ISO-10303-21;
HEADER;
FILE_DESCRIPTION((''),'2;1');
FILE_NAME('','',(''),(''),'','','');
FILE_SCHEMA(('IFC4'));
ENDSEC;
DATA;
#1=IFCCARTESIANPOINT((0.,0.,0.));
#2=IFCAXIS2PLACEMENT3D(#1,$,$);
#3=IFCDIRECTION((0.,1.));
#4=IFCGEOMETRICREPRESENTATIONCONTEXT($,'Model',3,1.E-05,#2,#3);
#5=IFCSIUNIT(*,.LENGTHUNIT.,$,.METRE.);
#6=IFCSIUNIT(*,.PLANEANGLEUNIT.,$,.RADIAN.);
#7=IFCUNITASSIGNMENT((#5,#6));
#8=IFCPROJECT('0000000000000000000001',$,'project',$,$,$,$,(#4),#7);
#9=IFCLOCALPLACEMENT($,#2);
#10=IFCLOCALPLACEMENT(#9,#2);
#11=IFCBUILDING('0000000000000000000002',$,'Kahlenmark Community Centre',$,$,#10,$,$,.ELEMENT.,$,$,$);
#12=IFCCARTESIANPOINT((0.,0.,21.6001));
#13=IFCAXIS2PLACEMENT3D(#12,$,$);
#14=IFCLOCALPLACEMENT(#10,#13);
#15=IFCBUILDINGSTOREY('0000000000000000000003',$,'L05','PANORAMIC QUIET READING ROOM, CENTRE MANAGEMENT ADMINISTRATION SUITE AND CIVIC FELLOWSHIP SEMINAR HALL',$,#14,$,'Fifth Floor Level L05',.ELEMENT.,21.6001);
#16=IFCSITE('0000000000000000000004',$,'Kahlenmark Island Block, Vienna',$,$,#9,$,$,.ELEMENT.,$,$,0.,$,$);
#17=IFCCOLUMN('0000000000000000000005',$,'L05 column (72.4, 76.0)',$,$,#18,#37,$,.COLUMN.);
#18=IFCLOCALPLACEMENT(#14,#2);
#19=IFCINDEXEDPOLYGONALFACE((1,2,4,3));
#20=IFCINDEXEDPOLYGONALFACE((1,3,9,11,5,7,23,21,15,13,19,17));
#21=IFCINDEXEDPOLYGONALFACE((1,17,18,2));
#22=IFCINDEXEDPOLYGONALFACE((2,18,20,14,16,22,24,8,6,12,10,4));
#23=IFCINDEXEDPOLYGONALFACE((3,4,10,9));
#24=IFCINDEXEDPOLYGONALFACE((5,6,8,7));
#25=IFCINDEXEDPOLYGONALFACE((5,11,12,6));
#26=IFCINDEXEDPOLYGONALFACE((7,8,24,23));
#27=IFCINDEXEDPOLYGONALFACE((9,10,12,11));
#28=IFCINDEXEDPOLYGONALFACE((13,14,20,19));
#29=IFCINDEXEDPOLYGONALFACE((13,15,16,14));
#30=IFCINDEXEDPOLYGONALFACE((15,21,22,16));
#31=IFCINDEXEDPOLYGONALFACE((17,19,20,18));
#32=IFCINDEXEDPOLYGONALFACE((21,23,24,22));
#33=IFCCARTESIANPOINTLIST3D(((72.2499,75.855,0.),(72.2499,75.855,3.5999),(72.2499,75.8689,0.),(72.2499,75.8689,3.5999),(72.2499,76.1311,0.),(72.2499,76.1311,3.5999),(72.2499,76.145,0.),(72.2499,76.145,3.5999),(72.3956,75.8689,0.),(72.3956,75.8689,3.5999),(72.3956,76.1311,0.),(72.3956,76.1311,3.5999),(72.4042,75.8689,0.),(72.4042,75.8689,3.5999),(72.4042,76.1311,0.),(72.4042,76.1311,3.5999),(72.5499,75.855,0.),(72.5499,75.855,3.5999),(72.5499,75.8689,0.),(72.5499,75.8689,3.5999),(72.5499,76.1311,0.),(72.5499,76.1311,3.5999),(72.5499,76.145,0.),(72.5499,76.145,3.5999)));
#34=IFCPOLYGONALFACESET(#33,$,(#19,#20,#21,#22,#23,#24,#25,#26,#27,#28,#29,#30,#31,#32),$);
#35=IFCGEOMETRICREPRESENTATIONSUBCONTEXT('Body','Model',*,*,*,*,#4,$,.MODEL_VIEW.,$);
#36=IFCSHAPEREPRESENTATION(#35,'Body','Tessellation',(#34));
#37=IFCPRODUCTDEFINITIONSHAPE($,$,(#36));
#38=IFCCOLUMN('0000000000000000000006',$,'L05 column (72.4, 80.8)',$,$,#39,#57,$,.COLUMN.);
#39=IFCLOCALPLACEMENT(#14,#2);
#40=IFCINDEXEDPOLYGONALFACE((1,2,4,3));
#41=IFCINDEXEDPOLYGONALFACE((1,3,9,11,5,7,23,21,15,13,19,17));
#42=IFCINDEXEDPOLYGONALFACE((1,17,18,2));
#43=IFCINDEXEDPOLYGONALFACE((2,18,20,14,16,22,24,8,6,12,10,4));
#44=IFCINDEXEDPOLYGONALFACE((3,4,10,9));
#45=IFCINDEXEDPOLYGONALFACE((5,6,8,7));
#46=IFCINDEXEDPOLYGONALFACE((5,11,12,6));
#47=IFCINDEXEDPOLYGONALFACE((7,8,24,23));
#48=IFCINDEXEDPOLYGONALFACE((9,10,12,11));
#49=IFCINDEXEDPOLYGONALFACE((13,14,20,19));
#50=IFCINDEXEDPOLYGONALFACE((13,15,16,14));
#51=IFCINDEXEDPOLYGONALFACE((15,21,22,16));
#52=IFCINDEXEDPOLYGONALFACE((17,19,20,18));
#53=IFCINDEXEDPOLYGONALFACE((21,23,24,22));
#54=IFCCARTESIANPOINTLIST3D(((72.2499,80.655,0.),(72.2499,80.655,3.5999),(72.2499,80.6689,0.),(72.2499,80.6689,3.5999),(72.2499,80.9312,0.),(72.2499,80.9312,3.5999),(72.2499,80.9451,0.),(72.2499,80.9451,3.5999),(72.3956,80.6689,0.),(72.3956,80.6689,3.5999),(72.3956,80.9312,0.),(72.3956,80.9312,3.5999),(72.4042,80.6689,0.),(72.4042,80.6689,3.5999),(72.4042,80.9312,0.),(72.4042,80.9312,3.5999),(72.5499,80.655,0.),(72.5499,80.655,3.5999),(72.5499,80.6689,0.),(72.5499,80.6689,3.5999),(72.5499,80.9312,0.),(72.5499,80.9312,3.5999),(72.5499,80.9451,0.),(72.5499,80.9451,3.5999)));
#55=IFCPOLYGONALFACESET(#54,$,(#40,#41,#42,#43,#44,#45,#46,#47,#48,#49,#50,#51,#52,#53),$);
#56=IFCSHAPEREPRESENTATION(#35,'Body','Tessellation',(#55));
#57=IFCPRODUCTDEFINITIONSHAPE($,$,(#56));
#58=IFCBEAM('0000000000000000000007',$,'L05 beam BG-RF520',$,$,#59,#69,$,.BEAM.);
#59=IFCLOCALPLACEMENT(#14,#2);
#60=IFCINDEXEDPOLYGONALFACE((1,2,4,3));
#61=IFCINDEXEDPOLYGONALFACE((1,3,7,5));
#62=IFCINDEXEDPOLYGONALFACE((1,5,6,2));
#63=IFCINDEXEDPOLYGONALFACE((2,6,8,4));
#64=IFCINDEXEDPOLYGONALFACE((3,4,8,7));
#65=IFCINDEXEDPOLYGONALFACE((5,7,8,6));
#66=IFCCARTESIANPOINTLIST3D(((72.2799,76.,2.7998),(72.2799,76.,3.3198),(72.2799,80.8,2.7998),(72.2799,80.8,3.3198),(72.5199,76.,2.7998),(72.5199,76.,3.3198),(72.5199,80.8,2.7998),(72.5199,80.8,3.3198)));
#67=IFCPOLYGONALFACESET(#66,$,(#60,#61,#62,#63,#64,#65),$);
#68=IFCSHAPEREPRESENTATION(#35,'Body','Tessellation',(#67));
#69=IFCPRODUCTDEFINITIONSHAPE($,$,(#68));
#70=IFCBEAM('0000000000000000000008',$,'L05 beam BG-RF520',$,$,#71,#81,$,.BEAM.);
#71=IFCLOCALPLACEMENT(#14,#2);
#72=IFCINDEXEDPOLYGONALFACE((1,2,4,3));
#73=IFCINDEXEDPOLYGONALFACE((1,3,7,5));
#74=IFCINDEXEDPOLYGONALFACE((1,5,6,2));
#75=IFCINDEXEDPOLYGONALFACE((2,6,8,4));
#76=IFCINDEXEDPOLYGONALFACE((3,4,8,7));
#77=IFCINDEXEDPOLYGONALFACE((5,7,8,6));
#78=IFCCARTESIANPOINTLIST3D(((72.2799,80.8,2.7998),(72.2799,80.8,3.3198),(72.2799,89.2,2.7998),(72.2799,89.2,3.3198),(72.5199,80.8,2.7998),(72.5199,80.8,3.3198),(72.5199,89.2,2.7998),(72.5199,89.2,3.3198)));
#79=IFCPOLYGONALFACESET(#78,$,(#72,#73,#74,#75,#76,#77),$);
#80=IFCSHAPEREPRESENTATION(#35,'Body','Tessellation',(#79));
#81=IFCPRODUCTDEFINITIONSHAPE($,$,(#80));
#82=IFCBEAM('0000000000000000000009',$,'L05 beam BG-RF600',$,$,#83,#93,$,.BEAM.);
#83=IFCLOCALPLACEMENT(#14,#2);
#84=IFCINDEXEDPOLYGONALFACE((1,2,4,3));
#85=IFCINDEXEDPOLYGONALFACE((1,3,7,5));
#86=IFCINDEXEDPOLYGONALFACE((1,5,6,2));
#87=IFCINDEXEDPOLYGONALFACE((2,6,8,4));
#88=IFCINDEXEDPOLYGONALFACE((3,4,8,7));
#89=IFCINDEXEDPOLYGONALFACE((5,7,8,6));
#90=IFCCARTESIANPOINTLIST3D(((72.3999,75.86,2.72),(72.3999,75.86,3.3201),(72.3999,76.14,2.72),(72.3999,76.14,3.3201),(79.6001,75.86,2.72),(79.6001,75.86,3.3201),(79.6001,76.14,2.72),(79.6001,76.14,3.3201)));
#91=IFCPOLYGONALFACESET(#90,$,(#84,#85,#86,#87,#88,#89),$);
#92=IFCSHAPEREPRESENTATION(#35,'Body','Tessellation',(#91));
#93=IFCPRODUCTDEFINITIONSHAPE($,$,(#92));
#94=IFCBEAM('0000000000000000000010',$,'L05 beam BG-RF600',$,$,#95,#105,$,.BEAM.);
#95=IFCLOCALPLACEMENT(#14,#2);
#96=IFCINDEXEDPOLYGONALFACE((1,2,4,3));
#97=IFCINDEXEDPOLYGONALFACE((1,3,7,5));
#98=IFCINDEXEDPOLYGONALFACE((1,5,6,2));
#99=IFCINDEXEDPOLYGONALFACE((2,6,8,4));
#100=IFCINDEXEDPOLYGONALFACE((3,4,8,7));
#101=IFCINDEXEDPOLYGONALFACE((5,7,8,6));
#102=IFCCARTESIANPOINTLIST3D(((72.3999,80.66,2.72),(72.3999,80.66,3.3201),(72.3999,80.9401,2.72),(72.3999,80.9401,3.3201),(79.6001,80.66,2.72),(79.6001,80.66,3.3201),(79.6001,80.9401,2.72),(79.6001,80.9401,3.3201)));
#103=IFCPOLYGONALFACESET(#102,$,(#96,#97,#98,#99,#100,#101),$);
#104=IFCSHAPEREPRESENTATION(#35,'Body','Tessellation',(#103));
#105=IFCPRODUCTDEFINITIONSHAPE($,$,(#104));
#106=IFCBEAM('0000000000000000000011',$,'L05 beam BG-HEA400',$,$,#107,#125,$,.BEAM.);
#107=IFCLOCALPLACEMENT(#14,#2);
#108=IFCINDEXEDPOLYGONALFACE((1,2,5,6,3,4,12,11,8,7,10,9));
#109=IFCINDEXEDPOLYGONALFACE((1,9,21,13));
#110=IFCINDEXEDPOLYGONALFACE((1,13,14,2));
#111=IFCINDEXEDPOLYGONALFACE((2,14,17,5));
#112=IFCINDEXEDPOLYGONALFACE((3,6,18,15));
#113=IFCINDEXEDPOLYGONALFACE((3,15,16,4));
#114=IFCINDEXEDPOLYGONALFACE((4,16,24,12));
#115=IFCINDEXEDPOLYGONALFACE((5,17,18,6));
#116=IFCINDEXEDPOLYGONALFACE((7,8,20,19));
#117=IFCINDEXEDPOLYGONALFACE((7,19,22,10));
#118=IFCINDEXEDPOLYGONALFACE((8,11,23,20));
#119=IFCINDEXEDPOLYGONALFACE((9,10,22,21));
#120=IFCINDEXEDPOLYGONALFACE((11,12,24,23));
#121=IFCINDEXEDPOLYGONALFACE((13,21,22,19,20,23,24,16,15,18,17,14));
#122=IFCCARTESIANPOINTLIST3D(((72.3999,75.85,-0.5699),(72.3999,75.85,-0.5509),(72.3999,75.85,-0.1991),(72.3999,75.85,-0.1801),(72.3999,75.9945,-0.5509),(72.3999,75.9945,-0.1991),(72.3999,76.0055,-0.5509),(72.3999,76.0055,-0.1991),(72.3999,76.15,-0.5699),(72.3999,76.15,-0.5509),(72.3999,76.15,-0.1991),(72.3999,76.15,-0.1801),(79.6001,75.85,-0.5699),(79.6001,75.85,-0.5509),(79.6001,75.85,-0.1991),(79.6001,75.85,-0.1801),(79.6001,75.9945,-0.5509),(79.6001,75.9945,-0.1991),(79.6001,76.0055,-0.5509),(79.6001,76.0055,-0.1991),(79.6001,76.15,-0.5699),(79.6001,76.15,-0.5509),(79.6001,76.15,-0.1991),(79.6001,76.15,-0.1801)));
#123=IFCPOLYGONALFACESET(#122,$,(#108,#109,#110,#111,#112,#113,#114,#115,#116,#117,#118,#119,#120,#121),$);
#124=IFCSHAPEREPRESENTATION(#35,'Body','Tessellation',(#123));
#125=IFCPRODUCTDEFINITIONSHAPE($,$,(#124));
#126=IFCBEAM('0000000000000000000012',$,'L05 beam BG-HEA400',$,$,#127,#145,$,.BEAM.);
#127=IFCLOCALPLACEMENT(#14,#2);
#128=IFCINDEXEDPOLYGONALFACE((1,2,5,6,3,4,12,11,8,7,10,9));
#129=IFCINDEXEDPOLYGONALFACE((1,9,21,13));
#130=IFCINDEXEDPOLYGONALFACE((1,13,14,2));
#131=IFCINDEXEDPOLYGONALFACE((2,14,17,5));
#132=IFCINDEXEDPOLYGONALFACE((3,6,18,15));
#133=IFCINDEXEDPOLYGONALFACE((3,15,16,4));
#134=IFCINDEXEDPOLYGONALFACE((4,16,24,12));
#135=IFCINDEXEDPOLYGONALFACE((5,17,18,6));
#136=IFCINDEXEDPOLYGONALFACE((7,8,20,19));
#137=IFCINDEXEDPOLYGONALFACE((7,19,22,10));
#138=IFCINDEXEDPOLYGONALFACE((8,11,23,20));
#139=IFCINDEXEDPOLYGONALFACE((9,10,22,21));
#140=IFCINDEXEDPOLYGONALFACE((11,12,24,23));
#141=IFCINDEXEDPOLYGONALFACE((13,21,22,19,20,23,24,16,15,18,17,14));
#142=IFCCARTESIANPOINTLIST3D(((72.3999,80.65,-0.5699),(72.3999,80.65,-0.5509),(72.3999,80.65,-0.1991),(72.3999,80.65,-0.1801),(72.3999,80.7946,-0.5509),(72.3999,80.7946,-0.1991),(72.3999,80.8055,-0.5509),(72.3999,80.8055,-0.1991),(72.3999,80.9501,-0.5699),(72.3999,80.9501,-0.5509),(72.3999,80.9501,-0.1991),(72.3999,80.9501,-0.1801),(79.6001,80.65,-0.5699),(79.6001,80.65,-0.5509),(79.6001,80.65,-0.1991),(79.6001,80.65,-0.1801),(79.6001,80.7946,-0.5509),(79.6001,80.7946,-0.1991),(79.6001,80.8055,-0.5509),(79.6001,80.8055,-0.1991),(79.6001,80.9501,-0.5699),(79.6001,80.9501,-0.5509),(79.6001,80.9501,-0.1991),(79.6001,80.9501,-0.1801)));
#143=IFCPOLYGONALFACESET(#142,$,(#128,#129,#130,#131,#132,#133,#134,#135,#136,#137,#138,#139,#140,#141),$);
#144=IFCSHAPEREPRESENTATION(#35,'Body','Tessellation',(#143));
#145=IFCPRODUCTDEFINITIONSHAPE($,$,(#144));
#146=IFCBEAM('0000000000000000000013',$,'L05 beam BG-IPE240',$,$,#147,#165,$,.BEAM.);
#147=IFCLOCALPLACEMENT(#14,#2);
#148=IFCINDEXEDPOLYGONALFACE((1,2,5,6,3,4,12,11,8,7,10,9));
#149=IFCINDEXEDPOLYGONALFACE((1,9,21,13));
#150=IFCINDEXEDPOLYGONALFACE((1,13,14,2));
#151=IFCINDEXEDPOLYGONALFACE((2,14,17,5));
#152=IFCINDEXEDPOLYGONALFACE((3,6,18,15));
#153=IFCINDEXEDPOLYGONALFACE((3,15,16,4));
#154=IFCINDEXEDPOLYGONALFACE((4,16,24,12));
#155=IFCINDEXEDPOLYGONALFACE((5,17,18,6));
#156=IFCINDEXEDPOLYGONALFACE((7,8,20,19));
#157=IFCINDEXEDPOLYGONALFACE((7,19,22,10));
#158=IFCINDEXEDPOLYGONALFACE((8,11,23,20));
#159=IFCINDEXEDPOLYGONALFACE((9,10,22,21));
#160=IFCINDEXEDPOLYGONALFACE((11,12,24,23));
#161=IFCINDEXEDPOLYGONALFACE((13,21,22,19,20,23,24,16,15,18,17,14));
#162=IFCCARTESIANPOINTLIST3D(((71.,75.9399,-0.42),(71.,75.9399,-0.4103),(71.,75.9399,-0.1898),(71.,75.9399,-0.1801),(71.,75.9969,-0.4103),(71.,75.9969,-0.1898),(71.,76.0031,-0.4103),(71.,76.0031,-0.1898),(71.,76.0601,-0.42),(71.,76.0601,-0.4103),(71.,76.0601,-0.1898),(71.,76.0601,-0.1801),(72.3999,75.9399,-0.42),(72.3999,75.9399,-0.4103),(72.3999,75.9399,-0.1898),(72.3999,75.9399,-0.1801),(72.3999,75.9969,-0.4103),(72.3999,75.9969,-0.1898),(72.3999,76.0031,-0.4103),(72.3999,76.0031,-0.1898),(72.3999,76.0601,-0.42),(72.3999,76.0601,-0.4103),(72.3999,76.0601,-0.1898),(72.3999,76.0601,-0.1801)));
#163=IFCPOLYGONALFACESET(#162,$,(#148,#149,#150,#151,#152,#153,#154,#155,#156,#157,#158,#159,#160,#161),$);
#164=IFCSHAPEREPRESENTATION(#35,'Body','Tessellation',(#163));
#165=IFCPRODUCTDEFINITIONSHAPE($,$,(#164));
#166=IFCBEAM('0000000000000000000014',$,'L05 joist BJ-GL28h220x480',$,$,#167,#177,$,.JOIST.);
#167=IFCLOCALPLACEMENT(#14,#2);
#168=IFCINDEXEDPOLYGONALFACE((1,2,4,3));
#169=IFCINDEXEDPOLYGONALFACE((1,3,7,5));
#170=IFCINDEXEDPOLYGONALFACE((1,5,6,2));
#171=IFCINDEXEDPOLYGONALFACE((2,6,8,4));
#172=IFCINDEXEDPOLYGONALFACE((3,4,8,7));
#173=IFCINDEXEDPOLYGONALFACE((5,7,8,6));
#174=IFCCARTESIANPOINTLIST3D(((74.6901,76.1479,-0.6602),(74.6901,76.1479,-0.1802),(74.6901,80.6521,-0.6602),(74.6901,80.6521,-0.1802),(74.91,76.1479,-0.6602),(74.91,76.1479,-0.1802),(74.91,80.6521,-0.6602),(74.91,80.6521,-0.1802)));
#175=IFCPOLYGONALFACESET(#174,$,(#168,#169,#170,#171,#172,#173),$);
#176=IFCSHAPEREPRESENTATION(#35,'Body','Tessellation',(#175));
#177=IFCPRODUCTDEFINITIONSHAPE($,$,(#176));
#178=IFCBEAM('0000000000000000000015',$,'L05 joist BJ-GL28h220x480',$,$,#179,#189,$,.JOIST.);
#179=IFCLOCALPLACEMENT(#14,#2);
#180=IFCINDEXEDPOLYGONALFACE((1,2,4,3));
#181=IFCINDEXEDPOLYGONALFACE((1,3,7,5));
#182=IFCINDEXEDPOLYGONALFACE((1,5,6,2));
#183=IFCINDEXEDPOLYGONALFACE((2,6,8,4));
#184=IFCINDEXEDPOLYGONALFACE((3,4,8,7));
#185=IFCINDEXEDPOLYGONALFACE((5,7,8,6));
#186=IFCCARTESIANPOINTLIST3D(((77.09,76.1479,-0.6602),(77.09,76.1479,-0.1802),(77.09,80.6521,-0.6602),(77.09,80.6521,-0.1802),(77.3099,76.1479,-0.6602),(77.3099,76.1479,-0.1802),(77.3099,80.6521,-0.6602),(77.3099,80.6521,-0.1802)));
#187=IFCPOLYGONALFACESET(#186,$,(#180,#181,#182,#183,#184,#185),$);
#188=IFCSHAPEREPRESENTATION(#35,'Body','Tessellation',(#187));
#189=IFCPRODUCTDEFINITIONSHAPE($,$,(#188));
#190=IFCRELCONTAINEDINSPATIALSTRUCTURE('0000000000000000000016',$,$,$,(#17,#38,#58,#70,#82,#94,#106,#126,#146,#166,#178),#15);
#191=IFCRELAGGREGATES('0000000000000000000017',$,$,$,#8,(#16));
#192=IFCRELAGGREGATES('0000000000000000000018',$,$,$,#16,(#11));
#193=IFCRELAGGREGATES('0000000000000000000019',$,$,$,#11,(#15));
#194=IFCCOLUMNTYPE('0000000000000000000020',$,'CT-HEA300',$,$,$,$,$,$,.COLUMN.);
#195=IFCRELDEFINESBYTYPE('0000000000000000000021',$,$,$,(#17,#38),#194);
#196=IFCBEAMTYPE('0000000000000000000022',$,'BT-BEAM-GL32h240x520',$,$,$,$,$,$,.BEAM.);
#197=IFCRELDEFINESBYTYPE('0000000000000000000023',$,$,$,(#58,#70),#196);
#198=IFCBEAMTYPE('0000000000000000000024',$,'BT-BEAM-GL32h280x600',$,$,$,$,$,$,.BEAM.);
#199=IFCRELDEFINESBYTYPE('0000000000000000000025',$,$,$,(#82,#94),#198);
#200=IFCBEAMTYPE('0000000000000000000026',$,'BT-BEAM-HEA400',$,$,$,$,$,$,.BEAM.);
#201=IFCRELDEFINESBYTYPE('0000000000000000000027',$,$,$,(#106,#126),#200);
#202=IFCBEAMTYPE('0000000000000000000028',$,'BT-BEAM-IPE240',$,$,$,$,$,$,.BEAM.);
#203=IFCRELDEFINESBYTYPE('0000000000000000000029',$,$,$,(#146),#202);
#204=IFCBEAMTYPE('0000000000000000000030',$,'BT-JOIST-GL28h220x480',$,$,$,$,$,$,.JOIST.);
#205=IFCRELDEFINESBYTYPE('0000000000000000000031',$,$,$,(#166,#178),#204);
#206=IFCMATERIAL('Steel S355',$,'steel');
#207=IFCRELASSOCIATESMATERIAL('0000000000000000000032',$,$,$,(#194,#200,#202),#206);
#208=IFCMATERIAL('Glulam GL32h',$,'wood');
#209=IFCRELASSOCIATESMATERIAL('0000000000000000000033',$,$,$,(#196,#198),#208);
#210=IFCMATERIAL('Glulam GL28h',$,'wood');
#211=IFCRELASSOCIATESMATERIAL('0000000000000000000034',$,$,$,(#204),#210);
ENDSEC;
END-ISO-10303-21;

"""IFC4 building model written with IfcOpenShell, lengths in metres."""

from ifc_helpers import new_model, si_unit, direction, frame, origin, origin_2d, place, context, subcontext, project, spatial, rectangle, i_section, extrude, material, material_profile, profile_set, type_object, element, save


model = new_model("IFC4")

# Units and contexts
model_context = context("Model", 3, precision=1e-05, world=origin(), true_north=direction((0.0, 1.0)))
body_context = subcontext(model_context, "Body", "Model", "MODEL_VIEW")
ifc_project = project(units=[si_unit("LENGTHUNIT", "METRE"), si_unit("PLANEANGLEUNIT", "RADIAN")], contexts=[model_context])

# Site, building, storey
site_placement = place(None, origin())
site = spatial("IfcSite", under=ifc_project, at=site_placement, Name="Kahlenmark Island Block, Vienna", CompositionType="ELEMENT", RefElevation=0.0)
building_placement = place(site_placement, origin())
building = spatial("IfcBuilding", under=site, at=building_placement, Name="Kahlenmark Community Centre", CompositionType="ELEMENT")
storey_placement = place(building_placement, frame((0.0, 0.0, 21.6001)))
storey = spatial("IfcBuildingStorey", under=building, at=storey_placement, Name="L05", Description="PANORAMIC QUIET READING ROOM, CENTRE MANAGEMENT ADMINISTRATION SUITE AND CIVIC FELLOWSHIP SEMINAR HALL", LongName="Fifth Floor Level L05", CompositionType="ELEMENT", Elevation=21.6001)

# Columns
ifc_material_1 = material(Name="Steel S355", Category="steel")
ifc_material_profile_1 = material_profile(ifc_material_1, i_section(OverallWidth=0.3, OverallDepth=0.29, WebThickness=0.0085, FlangeThickness=0.0139, at=origin_2d()), Name="HEA 300")
ifc_profile_set_1 = profile_set([ifc_material_profile_1], Name="Steel S355")
column_type = type_object("IfcColumnType", Name="CT-HEA300", PredefinedType="COLUMN", material=ifc_profile_set_1)
for number, where, z_axis, x_axis, name in (
    (1, (72.3999, 76.0, 0.0), (0.0, 0.0, 1.0), (1.0, 0.0, 0.0), "L05 column (72.4, 76.0)"),
    (2, (72.3999, 80.8, 0.0), (0.0, 0.0, 1.0), (1.0, 0.0, 0.0), "L05 column (72.4, 80.8)"),
):
    element("IfcColumn", number, at=place(storey_placement, frame(where, z_axis=z_axis, x_axis=x_axis)), inside=storey, type_object=column_type, Name=name, PredefinedType="COLUMN", context=body_context, shape_type="SweptSolid", body=[
        extrude(i_section(OverallWidth=0.3, OverallDepth=0.29, WebThickness=0.0085, FlangeThickness=0.0139, at=origin_2d()), origin(), (0.0, 0.0, 1.0), 3.5999),
    ])

# Beams
ifc_material_2 = material(Name="Glulam GL32h", Category="wood")
ifc_material_profile_2 = material_profile(ifc_material_2, rectangle(XDim=0.24, YDim=0.52, at=origin_2d()), Name="GL32h 240x520")
ifc_profile_set_2 = profile_set([ifc_material_profile_2], Name="Glulam GL32h")
beam_type_1 = type_object("IfcBeamType", Name="BT-BEAM-GL32h240x520", PredefinedType="BEAM", material=ifc_profile_set_2)
beam_1_placement = place(storey_placement, frame((72.3999, 76.0, 3.0598), z_axis=(0.0, 1.0, 0.0), x_axis=(-1.0, 0.0, 0.0)))
element("IfcBeam", 3, at=beam_1_placement, inside=storey, type_object=beam_type_1, Name="L05 beam BG-RF520", PredefinedType="BEAM", context=body_context, shape_type="SweptSolid", body=[
    extrude(rectangle(XDim=0.24, YDim=0.52, at=origin_2d()), origin(), (0.0, 0.0, 1.0), 4.8),
])
beam_2_placement = place(storey_placement, frame((72.3999, 80.8, 3.0598), z_axis=(0.0, 1.0, 0.0), x_axis=(-1.0, 0.0, 0.0)))
element("IfcBeam", 4, at=beam_2_placement, inside=storey, type_object=beam_type_1, Name="L05 beam BG-RF520", PredefinedType="BEAM", context=body_context, shape_type="SweptSolid", body=[
    extrude(rectangle(XDim=0.24, YDim=0.52, at=origin_2d()), origin(), (0.0, 0.0, 1.0), 8.3999),
])
ifc_material_profile_3 = material_profile(ifc_material_2, rectangle(XDim=0.28, YDim=0.6001, at=origin_2d()), Name="GL32h 280x600")
ifc_profile_set_3 = profile_set([ifc_material_profile_3], Name="Glulam GL32h")
beam_type_2 = type_object("IfcBeamType", Name="BT-BEAM-GL32h280x600", PredefinedType="BEAM", material=ifc_profile_set_3)
for number, where, z_axis, x_axis, name in (
    (5, (72.3999, 76.0, 3.02), (1.0, 0.0, 0.0), (0.0, 1.0, 0.0), "L05 beam BG-RF600"),
    (6, (72.3999, 80.8, 3.02), (1.0, 0.0, 0.0), (0.0, 1.0, 0.0), "L05 beam BG-RF600"),
):
    element("IfcBeam", number, at=place(storey_placement, frame(where, z_axis=z_axis, x_axis=x_axis)), inside=storey, type_object=beam_type_2, Name=name, PredefinedType="BEAM", context=body_context, shape_type="SweptSolid", body=[
        extrude(rectangle(XDim=0.28, YDim=0.6001, at=origin_2d()), origin(), (0.0, 0.0, 1.0), 7.2002),
    ])
ifc_material_profile_4 = material_profile(ifc_material_1, i_section(OverallWidth=0.3, OverallDepth=0.3899, WebThickness=0.011, FlangeThickness=0.019, at=origin_2d()), Name="HEA 400")
ifc_profile_set_4 = profile_set([ifc_material_profile_4], Name="Steel S355")
beam_type_3 = type_object("IfcBeamType", Name="BT-BEAM-HEA400", PredefinedType="BEAM", material=ifc_profile_set_4)
for number, where, z_axis, x_axis, name in (
    (7, (72.3999, 76.0, -0.375), (1.0, 0.0, 0.0), (0.0, 1.0, 0.0), "L05 beam BG-HEA400"),
    (8, (72.3999, 80.8, -0.375), (1.0, 0.0, 0.0), (0.0, 1.0, 0.0), "L05 beam BG-HEA400"),
):
    element("IfcBeam", number, at=place(storey_placement, frame(where, z_axis=z_axis, x_axis=x_axis)), inside=storey, type_object=beam_type_3, Name=name, PredefinedType="BEAM", context=body_context, shape_type="SweptSolid", body=[
        extrude(i_section(OverallWidth=0.3, OverallDepth=0.3899, WebThickness=0.011, FlangeThickness=0.019, at=origin_2d()), origin(), (0.0, 0.0, 1.0), 7.2002),
    ])
ifc_material_profile_5 = material_profile(ifc_material_1, i_section(OverallWidth=0.1201, OverallDepth=0.24, WebThickness=0.0061, FlangeThickness=0.0098, at=origin_2d()), Name="IPE 240")
ifc_profile_set_5 = profile_set([ifc_material_profile_5], Name="Steel S355")
beam_type_4 = type_object("IfcBeamType", Name="BT-BEAM-IPE240", PredefinedType="BEAM", material=ifc_profile_set_5)
beam_3_placement = place(storey_placement, frame((71.0, 76.0, -0.3), z_axis=(1.0, 0.0, 0.0), x_axis=(0.0, 1.0, 0.0)))
element("IfcBeam", 9, at=beam_3_placement, inside=storey, type_object=beam_type_4, Name="L05 beam BG-IPE240", PredefinedType="BEAM", context=body_context, shape_type="SweptSolid", body=[
    extrude(i_section(OverallWidth=0.1201, OverallDepth=0.24, WebThickness=0.0061, FlangeThickness=0.0098, at=origin_2d()), origin(), (0.0, 0.0, 1.0), 1.3999),
])
ifc_material_3 = material(Name="Glulam GL28h", Category="wood")
ifc_material_profile_6 = material_profile(ifc_material_3, rectangle(XDim=0.22, YDim=0.48, at=origin_2d()), Name="GL28h 220x480")
ifc_profile_set_6 = profile_set([ifc_material_profile_6], Name="Glulam GL28h")
beam_type_5 = type_object("IfcBeamType", Name="BT-JOIST-GL28h220x480", PredefinedType="JOIST", material=ifc_profile_set_6)
for number, where, z_axis, x_axis, name in (
    (10, (74.8, 76.1479, -0.4202), (0.0, 1.0, 0.0), (-1.0, 0.0, 0.0), "L05 joist BJ-GL28h220x480"),
    (11, (77.2, 76.1479, -0.4202), (0.0, 1.0, 0.0), (-1.0, 0.0, 0.0), "L05 joist BJ-GL28h220x480"),
):
    element("IfcBeam", number, at=place(storey_placement, frame(where, z_axis=z_axis, x_axis=x_axis)), inside=storey, type_object=beam_type_5, Name=name, PredefinedType="JOIST", context=body_context, shape_type="SweptSolid", body=[
        extrude(rectangle(XDim=0.22, YDim=0.48, at=origin_2d()), origin(), (0.0, 0.0, 1.0), 4.5042),
    ])

save(model, "model.ifc")
